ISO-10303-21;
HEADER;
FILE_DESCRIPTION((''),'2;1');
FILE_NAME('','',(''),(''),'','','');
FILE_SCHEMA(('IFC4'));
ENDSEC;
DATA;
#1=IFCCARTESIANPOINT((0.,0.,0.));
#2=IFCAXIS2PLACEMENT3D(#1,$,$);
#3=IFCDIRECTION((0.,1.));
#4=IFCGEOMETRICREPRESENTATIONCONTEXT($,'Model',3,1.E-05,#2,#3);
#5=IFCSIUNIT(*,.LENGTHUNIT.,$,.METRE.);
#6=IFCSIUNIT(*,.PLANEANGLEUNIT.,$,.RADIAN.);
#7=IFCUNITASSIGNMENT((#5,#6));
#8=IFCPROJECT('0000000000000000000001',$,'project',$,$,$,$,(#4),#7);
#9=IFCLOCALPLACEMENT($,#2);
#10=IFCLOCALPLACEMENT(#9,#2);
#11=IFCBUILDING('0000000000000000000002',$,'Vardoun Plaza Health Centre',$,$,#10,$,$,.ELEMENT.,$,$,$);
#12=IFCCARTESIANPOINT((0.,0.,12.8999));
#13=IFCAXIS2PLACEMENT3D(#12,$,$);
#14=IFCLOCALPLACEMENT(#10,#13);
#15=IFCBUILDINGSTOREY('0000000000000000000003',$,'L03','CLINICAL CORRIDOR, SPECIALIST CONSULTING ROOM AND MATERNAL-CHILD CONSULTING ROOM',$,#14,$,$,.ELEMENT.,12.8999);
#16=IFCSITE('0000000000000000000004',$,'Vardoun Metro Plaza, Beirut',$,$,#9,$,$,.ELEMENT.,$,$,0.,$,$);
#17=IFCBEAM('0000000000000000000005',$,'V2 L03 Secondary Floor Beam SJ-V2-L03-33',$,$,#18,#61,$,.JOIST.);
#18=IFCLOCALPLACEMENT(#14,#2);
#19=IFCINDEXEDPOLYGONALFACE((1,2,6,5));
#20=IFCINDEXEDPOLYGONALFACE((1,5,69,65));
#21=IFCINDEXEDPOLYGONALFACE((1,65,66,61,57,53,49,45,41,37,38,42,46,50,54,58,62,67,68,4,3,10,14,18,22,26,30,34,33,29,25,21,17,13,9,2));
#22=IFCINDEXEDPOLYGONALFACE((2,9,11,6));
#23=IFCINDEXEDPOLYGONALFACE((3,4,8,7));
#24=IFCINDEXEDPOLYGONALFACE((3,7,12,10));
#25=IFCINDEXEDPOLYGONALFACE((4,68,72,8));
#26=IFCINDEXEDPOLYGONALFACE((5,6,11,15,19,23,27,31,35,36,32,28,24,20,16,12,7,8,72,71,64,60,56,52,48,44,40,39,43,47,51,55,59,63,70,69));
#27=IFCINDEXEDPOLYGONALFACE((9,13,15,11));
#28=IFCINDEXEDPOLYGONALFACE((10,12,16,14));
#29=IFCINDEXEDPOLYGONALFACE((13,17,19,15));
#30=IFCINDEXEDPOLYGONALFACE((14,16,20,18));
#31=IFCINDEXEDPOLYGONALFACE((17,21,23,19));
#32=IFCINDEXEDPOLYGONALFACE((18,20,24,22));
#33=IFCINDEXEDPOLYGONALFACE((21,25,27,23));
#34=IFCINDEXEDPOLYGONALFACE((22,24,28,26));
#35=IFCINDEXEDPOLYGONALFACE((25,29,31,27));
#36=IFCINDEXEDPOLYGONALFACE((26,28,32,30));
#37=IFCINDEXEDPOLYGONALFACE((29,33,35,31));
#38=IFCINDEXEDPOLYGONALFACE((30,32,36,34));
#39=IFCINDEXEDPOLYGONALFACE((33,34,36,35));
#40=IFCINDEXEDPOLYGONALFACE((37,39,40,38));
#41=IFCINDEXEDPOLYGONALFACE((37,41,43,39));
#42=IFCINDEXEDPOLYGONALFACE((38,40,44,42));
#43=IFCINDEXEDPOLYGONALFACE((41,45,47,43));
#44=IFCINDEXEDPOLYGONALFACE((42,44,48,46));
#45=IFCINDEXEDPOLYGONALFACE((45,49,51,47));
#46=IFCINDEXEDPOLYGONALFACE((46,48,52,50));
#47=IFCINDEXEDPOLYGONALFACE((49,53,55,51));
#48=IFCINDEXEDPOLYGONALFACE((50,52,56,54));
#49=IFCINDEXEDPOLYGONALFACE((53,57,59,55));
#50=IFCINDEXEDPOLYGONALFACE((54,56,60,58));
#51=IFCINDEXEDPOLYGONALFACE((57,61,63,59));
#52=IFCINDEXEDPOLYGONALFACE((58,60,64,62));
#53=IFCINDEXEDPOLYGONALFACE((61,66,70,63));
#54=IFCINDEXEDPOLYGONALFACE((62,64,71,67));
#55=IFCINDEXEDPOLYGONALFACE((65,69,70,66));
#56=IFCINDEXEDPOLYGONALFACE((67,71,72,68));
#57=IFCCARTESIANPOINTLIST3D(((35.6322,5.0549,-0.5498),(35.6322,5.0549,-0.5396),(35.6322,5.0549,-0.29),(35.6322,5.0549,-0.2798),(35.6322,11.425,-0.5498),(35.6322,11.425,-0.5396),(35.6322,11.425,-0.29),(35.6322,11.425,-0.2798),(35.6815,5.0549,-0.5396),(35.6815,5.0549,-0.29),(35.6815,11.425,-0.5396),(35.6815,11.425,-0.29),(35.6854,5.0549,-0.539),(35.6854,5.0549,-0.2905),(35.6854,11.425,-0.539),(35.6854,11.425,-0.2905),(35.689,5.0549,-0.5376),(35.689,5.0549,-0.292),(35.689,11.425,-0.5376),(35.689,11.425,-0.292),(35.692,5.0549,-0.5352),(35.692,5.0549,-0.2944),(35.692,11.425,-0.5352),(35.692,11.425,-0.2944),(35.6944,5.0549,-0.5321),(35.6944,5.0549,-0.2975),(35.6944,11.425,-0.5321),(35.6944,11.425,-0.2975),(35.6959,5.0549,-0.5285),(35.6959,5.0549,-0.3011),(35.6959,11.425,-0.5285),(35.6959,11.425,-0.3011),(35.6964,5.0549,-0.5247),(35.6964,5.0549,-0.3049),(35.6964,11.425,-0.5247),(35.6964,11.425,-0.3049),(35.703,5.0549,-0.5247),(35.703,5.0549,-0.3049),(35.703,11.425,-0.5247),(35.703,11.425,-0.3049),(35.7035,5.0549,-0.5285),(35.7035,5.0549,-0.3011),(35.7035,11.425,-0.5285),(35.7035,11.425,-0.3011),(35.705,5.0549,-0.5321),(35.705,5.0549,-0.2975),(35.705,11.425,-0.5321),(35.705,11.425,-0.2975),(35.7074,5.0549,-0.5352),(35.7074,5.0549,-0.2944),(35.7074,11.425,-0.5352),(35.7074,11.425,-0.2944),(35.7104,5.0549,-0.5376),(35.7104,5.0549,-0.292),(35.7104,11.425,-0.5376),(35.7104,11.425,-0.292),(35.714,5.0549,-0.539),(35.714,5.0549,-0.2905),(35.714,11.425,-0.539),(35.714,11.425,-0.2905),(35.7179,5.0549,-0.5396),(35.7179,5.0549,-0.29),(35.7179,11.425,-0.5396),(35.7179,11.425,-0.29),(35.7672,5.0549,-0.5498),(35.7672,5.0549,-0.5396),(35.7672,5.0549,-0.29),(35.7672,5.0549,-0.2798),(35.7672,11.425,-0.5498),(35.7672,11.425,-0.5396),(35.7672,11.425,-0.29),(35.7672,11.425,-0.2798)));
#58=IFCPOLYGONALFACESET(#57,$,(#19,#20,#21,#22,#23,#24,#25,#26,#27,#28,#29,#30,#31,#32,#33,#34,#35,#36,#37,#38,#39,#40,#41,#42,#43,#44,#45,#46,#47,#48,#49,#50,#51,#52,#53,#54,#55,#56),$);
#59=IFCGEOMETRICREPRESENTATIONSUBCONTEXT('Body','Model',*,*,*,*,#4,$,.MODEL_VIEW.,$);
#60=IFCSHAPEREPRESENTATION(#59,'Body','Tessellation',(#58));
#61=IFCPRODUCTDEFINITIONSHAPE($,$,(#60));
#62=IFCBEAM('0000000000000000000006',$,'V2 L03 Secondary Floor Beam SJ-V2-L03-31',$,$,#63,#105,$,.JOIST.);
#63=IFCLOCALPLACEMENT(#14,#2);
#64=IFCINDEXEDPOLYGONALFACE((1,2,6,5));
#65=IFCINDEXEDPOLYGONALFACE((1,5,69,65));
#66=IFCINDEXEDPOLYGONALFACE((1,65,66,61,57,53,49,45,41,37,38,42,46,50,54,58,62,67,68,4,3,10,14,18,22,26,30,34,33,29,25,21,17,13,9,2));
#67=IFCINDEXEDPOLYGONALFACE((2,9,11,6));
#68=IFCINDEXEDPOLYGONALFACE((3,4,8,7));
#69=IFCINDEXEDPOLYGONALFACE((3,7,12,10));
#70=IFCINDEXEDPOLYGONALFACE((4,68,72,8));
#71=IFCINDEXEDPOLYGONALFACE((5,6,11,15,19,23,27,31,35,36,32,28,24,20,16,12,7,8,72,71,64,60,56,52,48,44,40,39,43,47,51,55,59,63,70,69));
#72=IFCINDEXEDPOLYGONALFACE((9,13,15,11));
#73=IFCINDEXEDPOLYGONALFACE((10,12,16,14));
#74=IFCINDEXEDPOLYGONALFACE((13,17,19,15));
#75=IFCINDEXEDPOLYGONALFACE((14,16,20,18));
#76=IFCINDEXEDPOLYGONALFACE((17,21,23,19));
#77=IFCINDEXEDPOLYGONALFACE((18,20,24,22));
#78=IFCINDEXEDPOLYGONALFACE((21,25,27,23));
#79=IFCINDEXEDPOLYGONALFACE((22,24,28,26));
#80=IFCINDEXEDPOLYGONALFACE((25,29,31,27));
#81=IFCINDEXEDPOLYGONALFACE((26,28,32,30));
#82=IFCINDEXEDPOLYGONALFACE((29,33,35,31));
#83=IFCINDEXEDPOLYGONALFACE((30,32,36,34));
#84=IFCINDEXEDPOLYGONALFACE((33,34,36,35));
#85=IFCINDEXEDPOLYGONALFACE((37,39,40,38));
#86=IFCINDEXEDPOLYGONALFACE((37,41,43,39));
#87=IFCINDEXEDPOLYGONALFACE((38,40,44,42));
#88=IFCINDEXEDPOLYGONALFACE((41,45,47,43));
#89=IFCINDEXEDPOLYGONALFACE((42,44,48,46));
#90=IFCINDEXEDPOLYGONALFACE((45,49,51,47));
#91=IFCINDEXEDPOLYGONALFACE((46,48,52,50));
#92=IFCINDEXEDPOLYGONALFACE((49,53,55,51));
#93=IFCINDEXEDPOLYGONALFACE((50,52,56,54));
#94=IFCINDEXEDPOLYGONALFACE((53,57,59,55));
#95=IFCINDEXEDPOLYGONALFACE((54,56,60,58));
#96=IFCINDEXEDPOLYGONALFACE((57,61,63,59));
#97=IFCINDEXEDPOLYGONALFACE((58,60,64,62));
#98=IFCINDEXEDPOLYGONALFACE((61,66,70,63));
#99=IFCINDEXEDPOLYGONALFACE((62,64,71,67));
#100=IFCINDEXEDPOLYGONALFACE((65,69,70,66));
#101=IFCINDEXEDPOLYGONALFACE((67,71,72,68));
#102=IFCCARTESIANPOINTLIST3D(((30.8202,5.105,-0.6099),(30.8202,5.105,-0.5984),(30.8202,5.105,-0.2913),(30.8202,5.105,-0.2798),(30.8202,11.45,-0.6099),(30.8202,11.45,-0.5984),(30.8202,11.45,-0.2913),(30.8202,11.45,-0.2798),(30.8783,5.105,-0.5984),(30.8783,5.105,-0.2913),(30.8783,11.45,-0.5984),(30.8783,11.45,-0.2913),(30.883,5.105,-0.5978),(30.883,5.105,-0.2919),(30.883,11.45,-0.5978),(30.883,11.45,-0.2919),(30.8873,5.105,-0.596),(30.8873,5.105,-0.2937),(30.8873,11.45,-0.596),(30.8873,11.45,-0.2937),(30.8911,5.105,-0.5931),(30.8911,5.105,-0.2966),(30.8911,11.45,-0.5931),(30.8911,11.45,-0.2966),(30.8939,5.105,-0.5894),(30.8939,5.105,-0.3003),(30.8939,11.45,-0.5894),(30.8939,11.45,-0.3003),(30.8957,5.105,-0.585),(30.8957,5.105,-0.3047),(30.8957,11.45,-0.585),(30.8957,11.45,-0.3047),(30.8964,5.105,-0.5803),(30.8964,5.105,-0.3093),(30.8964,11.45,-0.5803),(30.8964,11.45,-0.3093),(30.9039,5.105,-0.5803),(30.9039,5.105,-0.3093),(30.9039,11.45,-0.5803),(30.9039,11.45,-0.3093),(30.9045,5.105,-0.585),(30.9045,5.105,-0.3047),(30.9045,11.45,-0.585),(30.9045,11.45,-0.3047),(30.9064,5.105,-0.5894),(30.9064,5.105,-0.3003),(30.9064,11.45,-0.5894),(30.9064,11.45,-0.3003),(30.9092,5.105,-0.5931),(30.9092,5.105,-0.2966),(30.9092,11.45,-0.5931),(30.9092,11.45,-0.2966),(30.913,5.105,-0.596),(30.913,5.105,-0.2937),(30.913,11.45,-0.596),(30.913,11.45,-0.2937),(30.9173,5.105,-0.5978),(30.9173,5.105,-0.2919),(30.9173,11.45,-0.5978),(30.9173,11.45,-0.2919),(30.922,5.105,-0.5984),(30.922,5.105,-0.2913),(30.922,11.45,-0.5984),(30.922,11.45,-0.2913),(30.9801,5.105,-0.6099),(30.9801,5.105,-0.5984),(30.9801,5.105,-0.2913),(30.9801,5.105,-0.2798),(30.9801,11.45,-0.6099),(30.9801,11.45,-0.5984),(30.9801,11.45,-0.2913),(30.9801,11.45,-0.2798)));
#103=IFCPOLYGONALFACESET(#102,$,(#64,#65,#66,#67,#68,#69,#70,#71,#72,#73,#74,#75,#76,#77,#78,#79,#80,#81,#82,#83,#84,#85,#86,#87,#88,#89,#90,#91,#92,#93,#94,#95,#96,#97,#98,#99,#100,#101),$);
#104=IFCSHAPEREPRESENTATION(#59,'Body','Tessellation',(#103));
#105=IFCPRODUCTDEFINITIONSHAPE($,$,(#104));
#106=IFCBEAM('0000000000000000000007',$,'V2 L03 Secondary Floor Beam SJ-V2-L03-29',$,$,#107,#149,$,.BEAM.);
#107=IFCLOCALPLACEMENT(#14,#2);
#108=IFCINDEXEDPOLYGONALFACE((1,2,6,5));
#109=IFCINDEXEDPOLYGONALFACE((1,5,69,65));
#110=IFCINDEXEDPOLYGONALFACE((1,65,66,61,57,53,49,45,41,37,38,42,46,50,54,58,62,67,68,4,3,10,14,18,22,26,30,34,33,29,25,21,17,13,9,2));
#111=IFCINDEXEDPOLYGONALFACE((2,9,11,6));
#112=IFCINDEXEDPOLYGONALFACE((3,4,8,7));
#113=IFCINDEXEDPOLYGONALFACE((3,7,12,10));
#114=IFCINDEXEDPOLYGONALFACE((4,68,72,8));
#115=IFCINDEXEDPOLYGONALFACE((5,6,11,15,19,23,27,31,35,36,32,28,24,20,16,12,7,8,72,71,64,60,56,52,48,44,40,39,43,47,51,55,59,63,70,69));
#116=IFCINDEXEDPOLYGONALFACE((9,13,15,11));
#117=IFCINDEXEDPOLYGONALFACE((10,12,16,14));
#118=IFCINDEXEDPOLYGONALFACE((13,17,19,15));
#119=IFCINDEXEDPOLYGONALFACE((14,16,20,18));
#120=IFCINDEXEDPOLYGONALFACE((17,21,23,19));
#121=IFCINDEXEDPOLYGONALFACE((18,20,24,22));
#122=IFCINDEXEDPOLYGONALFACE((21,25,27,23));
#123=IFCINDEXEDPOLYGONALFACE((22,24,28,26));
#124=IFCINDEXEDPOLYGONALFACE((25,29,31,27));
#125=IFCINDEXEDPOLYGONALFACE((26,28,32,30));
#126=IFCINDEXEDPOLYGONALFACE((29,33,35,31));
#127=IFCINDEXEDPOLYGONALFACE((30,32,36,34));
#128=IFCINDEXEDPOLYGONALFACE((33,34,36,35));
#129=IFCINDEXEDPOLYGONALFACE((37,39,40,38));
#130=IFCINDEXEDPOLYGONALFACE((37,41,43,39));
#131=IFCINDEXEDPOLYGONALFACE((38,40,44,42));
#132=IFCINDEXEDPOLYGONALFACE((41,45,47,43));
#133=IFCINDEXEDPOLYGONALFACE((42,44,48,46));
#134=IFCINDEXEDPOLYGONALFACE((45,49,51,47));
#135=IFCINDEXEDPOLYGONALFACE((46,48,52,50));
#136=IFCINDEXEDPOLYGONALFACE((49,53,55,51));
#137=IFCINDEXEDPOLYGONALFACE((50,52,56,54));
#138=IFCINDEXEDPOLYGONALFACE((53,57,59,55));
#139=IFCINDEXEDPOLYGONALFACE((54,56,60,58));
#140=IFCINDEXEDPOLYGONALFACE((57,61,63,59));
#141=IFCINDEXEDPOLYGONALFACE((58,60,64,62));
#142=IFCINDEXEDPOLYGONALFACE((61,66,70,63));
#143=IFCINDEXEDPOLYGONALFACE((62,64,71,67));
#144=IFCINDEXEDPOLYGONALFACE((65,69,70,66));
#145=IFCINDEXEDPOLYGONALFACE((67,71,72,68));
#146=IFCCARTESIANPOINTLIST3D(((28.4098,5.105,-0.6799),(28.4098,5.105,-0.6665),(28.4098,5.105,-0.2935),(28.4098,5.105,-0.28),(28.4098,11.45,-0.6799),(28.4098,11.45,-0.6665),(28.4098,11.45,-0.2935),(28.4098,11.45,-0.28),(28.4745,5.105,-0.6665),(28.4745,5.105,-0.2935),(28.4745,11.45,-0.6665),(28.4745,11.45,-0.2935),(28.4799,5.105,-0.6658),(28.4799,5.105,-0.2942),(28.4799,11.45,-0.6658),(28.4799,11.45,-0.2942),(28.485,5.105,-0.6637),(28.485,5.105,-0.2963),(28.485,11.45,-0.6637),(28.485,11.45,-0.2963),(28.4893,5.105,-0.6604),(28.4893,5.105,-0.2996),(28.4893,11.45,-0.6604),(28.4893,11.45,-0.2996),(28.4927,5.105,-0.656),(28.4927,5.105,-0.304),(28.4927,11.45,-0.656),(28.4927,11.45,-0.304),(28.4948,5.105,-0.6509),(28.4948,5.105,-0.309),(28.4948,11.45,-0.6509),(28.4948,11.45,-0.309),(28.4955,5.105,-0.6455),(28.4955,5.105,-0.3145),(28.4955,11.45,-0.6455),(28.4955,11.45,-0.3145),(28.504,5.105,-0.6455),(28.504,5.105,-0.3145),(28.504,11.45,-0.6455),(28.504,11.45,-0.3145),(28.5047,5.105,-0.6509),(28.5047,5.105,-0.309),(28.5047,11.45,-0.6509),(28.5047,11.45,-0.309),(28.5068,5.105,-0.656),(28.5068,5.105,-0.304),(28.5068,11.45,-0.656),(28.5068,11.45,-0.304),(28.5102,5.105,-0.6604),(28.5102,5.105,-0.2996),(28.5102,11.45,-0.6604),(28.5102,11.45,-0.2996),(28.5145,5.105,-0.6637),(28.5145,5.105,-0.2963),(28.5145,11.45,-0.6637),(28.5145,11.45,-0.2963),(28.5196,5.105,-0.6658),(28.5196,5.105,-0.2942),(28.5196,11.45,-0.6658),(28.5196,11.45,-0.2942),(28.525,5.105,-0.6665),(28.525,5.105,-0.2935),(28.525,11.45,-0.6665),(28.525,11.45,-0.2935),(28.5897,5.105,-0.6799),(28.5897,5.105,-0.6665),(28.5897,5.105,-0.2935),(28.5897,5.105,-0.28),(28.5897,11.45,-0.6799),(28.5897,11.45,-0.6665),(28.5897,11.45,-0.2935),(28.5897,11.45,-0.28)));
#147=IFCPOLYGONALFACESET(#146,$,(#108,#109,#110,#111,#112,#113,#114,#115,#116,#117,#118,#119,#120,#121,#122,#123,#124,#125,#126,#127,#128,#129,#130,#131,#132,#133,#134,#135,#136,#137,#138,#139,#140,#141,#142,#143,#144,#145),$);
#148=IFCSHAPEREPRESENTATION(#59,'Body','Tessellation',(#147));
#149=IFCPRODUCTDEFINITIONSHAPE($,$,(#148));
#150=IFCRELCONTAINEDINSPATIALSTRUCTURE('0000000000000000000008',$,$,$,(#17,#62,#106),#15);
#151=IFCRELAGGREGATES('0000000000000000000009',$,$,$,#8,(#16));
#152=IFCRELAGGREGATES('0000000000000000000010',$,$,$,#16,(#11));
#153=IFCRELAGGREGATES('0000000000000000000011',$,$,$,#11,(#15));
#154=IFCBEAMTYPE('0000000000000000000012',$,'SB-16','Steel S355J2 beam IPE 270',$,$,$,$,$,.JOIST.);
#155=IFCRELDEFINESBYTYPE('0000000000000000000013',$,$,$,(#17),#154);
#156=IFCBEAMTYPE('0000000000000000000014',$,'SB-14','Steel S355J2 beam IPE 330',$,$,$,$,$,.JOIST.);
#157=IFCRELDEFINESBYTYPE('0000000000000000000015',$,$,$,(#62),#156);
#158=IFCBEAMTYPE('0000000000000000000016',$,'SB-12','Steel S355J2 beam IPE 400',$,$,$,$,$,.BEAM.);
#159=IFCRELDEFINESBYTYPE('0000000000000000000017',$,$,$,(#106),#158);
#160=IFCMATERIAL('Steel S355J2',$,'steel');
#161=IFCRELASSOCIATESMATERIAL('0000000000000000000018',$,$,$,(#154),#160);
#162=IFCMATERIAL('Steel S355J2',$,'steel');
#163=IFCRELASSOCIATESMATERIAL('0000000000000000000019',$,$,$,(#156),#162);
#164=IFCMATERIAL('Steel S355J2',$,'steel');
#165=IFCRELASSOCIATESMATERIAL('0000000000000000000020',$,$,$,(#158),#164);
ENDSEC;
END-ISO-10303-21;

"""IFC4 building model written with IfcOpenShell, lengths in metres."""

from ifc_helpers import new_model, si_unit, direction, frame, origin, origin_2d, place, context, subcontext, project, spatial, i_section, extrude, material, material_profile, profile_set, type_object, element, save


model = new_model("IFC4")

# Units and contexts
model_context = context("Model", 3, precision=1e-05, world=origin(), true_north=direction((0.0, 1.0)))
body_context = subcontext(model_context, "Body", "Model", "MODEL_VIEW")
ifc_project = project(units=[si_unit("LENGTHUNIT", "METRE"), si_unit("PLANEANGLEUNIT", "RADIAN")], contexts=[model_context])

# Site, building, storey
site_placement = place(None, origin())
site = spatial("IfcSite", under=ifc_project, at=site_placement, Name="Vardoun Metro Plaza, Beirut", CompositionType="ELEMENT", RefElevation=0.0)
building_placement = place(site_placement, origin())
building = spatial("IfcBuilding", under=site, at=building_placement, Name="Vardoun Plaza Health Centre", CompositionType="ELEMENT")
storey_placement = place(building_placement, frame((0.0, 0.0, 12.8999)))
storey = spatial("IfcBuildingStorey", under=building, at=storey_placement, Name="L03", Description="CLINICAL CORRIDOR, SPECIALIST CONSULTING ROOM AND MATERNAL-CHILD CONSULTING ROOM", CompositionType="ELEMENT", Elevation=12.8999)

# Beams
ifc_material_1 = material(Name="Steel S355J2", Category="steel")
ifc_material_profile_1 = material_profile(ifc_material_1, i_section(OverallWidth=0.135, OverallDepth=0.27, WebThickness=0.0066, FlangeThickness=0.0103, FilletRadius=0.0149, at=origin_2d()), Name="IPE 270")
ifc_profile_set_1 = profile_set([ifc_material_profile_1], Name="Steel S355J2")
beam_type_1 = type_object("IfcBeamType", Name="SB-16", Description="Steel S355J2 beam IPE 270", PredefinedType="JOIST", material=ifc_profile_set_1)
beam_1_placement = place(storey_placement, frame((35.6997, 5.0549, -0.4148), z_axis=(0.0, 1.0, 0.0), x_axis=(-1.0, 0.0, 0.0)))
element("IfcBeam", 1, at=beam_1_placement, inside=storey, type_object=beam_type_1, Name="V2 L03 Secondary Floor Beam SJ-V2-L03-33", PredefinedType="JOIST", context=body_context, shape_type="SweptSolid", body=[
    extrude(i_section(OverallWidth=0.135, OverallDepth=0.27, WebThickness=0.0066, FlangeThickness=0.0103, FilletRadius=0.0149, at=origin_2d()), origin(), (0.0, 0.0, 1.0), 6.3701),
])
ifc_material_2 = material(Name="Steel S355J2", Category="steel")
ifc_material_profile_2 = material_profile(ifc_material_2, i_section(OverallWidth=0.1599, OverallDepth=0.3301, WebThickness=0.0076, FlangeThickness=0.0115, FilletRadius=0.0181, at=origin_2d()), Name="IPE 330")
ifc_profile_set_2 = profile_set([ifc_material_profile_2], Name="Steel S355J2")
beam_type_2 = type_object("IfcBeamType", Name="SB-14", Description="Steel S355J2 beam IPE 330", PredefinedType="JOIST", material=ifc_profile_set_2)
beam_2_placement = place(storey_placement, frame((30.9001, 5.105, -0.4448), z_axis=(0.0, 1.0, 0.0), x_axis=(-1.0, 0.0, 0.0)))
element("IfcBeam", 2, at=beam_2_placement, inside=storey, type_object=beam_type_2, Name="V2 L03 Secondary Floor Beam SJ-V2-L03-31", PredefinedType="JOIST", context=body_context, shape_type="SweptSolid", body=[
    extrude(i_section(OverallWidth=0.1599, OverallDepth=0.3301, WebThickness=0.0076, FlangeThickness=0.0115, FilletRadius=0.0181, at=origin_2d()), origin(), (0.0, 0.0, 1.0), 6.345),
])
ifc_material_3 = material(Name="Steel S355J2", Category="steel")
ifc_material_profile_3 = material_profile(ifc_material_3, i_section(OverallWidth=0.1799, OverallDepth=0.3999, WebThickness=0.0085, FlangeThickness=0.0134, FilletRadius=0.021, at=origin_2d()), Name="IPE 400")
ifc_profile_set_3 = profile_set([ifc_material_profile_3], Name="Steel S355J2")
beam_type_3 = type_object("IfcBeamType", Name="SB-12", Description="Steel S355J2 beam IPE 400", PredefinedType="BEAM", material=ifc_profile_set_3)
beam_3_placement = place(storey_placement, frame((28.4998, 5.105, -0.48), z_axis=(0.0, 1.0, 0.0), x_axis=(-1.0, 0.0, 0.0)))
element("IfcBeam", 3, at=beam_3_placement, inside=storey, type_object=beam_type_3, Name="V2 L03 Secondary Floor Beam SJ-V2-L03-29", PredefinedType="BEAM", context=body_context, shape_type="SweptSolid", body=[
    extrude(i_section(OverallWidth=0.1799, OverallDepth=0.3999, WebThickness=0.0085, FlangeThickness=0.0134, FilletRadius=0.021, at=origin_2d()), origin(), (0.0, 0.0, 1.0), 6.345),
])

save(model, "model.ifc")
